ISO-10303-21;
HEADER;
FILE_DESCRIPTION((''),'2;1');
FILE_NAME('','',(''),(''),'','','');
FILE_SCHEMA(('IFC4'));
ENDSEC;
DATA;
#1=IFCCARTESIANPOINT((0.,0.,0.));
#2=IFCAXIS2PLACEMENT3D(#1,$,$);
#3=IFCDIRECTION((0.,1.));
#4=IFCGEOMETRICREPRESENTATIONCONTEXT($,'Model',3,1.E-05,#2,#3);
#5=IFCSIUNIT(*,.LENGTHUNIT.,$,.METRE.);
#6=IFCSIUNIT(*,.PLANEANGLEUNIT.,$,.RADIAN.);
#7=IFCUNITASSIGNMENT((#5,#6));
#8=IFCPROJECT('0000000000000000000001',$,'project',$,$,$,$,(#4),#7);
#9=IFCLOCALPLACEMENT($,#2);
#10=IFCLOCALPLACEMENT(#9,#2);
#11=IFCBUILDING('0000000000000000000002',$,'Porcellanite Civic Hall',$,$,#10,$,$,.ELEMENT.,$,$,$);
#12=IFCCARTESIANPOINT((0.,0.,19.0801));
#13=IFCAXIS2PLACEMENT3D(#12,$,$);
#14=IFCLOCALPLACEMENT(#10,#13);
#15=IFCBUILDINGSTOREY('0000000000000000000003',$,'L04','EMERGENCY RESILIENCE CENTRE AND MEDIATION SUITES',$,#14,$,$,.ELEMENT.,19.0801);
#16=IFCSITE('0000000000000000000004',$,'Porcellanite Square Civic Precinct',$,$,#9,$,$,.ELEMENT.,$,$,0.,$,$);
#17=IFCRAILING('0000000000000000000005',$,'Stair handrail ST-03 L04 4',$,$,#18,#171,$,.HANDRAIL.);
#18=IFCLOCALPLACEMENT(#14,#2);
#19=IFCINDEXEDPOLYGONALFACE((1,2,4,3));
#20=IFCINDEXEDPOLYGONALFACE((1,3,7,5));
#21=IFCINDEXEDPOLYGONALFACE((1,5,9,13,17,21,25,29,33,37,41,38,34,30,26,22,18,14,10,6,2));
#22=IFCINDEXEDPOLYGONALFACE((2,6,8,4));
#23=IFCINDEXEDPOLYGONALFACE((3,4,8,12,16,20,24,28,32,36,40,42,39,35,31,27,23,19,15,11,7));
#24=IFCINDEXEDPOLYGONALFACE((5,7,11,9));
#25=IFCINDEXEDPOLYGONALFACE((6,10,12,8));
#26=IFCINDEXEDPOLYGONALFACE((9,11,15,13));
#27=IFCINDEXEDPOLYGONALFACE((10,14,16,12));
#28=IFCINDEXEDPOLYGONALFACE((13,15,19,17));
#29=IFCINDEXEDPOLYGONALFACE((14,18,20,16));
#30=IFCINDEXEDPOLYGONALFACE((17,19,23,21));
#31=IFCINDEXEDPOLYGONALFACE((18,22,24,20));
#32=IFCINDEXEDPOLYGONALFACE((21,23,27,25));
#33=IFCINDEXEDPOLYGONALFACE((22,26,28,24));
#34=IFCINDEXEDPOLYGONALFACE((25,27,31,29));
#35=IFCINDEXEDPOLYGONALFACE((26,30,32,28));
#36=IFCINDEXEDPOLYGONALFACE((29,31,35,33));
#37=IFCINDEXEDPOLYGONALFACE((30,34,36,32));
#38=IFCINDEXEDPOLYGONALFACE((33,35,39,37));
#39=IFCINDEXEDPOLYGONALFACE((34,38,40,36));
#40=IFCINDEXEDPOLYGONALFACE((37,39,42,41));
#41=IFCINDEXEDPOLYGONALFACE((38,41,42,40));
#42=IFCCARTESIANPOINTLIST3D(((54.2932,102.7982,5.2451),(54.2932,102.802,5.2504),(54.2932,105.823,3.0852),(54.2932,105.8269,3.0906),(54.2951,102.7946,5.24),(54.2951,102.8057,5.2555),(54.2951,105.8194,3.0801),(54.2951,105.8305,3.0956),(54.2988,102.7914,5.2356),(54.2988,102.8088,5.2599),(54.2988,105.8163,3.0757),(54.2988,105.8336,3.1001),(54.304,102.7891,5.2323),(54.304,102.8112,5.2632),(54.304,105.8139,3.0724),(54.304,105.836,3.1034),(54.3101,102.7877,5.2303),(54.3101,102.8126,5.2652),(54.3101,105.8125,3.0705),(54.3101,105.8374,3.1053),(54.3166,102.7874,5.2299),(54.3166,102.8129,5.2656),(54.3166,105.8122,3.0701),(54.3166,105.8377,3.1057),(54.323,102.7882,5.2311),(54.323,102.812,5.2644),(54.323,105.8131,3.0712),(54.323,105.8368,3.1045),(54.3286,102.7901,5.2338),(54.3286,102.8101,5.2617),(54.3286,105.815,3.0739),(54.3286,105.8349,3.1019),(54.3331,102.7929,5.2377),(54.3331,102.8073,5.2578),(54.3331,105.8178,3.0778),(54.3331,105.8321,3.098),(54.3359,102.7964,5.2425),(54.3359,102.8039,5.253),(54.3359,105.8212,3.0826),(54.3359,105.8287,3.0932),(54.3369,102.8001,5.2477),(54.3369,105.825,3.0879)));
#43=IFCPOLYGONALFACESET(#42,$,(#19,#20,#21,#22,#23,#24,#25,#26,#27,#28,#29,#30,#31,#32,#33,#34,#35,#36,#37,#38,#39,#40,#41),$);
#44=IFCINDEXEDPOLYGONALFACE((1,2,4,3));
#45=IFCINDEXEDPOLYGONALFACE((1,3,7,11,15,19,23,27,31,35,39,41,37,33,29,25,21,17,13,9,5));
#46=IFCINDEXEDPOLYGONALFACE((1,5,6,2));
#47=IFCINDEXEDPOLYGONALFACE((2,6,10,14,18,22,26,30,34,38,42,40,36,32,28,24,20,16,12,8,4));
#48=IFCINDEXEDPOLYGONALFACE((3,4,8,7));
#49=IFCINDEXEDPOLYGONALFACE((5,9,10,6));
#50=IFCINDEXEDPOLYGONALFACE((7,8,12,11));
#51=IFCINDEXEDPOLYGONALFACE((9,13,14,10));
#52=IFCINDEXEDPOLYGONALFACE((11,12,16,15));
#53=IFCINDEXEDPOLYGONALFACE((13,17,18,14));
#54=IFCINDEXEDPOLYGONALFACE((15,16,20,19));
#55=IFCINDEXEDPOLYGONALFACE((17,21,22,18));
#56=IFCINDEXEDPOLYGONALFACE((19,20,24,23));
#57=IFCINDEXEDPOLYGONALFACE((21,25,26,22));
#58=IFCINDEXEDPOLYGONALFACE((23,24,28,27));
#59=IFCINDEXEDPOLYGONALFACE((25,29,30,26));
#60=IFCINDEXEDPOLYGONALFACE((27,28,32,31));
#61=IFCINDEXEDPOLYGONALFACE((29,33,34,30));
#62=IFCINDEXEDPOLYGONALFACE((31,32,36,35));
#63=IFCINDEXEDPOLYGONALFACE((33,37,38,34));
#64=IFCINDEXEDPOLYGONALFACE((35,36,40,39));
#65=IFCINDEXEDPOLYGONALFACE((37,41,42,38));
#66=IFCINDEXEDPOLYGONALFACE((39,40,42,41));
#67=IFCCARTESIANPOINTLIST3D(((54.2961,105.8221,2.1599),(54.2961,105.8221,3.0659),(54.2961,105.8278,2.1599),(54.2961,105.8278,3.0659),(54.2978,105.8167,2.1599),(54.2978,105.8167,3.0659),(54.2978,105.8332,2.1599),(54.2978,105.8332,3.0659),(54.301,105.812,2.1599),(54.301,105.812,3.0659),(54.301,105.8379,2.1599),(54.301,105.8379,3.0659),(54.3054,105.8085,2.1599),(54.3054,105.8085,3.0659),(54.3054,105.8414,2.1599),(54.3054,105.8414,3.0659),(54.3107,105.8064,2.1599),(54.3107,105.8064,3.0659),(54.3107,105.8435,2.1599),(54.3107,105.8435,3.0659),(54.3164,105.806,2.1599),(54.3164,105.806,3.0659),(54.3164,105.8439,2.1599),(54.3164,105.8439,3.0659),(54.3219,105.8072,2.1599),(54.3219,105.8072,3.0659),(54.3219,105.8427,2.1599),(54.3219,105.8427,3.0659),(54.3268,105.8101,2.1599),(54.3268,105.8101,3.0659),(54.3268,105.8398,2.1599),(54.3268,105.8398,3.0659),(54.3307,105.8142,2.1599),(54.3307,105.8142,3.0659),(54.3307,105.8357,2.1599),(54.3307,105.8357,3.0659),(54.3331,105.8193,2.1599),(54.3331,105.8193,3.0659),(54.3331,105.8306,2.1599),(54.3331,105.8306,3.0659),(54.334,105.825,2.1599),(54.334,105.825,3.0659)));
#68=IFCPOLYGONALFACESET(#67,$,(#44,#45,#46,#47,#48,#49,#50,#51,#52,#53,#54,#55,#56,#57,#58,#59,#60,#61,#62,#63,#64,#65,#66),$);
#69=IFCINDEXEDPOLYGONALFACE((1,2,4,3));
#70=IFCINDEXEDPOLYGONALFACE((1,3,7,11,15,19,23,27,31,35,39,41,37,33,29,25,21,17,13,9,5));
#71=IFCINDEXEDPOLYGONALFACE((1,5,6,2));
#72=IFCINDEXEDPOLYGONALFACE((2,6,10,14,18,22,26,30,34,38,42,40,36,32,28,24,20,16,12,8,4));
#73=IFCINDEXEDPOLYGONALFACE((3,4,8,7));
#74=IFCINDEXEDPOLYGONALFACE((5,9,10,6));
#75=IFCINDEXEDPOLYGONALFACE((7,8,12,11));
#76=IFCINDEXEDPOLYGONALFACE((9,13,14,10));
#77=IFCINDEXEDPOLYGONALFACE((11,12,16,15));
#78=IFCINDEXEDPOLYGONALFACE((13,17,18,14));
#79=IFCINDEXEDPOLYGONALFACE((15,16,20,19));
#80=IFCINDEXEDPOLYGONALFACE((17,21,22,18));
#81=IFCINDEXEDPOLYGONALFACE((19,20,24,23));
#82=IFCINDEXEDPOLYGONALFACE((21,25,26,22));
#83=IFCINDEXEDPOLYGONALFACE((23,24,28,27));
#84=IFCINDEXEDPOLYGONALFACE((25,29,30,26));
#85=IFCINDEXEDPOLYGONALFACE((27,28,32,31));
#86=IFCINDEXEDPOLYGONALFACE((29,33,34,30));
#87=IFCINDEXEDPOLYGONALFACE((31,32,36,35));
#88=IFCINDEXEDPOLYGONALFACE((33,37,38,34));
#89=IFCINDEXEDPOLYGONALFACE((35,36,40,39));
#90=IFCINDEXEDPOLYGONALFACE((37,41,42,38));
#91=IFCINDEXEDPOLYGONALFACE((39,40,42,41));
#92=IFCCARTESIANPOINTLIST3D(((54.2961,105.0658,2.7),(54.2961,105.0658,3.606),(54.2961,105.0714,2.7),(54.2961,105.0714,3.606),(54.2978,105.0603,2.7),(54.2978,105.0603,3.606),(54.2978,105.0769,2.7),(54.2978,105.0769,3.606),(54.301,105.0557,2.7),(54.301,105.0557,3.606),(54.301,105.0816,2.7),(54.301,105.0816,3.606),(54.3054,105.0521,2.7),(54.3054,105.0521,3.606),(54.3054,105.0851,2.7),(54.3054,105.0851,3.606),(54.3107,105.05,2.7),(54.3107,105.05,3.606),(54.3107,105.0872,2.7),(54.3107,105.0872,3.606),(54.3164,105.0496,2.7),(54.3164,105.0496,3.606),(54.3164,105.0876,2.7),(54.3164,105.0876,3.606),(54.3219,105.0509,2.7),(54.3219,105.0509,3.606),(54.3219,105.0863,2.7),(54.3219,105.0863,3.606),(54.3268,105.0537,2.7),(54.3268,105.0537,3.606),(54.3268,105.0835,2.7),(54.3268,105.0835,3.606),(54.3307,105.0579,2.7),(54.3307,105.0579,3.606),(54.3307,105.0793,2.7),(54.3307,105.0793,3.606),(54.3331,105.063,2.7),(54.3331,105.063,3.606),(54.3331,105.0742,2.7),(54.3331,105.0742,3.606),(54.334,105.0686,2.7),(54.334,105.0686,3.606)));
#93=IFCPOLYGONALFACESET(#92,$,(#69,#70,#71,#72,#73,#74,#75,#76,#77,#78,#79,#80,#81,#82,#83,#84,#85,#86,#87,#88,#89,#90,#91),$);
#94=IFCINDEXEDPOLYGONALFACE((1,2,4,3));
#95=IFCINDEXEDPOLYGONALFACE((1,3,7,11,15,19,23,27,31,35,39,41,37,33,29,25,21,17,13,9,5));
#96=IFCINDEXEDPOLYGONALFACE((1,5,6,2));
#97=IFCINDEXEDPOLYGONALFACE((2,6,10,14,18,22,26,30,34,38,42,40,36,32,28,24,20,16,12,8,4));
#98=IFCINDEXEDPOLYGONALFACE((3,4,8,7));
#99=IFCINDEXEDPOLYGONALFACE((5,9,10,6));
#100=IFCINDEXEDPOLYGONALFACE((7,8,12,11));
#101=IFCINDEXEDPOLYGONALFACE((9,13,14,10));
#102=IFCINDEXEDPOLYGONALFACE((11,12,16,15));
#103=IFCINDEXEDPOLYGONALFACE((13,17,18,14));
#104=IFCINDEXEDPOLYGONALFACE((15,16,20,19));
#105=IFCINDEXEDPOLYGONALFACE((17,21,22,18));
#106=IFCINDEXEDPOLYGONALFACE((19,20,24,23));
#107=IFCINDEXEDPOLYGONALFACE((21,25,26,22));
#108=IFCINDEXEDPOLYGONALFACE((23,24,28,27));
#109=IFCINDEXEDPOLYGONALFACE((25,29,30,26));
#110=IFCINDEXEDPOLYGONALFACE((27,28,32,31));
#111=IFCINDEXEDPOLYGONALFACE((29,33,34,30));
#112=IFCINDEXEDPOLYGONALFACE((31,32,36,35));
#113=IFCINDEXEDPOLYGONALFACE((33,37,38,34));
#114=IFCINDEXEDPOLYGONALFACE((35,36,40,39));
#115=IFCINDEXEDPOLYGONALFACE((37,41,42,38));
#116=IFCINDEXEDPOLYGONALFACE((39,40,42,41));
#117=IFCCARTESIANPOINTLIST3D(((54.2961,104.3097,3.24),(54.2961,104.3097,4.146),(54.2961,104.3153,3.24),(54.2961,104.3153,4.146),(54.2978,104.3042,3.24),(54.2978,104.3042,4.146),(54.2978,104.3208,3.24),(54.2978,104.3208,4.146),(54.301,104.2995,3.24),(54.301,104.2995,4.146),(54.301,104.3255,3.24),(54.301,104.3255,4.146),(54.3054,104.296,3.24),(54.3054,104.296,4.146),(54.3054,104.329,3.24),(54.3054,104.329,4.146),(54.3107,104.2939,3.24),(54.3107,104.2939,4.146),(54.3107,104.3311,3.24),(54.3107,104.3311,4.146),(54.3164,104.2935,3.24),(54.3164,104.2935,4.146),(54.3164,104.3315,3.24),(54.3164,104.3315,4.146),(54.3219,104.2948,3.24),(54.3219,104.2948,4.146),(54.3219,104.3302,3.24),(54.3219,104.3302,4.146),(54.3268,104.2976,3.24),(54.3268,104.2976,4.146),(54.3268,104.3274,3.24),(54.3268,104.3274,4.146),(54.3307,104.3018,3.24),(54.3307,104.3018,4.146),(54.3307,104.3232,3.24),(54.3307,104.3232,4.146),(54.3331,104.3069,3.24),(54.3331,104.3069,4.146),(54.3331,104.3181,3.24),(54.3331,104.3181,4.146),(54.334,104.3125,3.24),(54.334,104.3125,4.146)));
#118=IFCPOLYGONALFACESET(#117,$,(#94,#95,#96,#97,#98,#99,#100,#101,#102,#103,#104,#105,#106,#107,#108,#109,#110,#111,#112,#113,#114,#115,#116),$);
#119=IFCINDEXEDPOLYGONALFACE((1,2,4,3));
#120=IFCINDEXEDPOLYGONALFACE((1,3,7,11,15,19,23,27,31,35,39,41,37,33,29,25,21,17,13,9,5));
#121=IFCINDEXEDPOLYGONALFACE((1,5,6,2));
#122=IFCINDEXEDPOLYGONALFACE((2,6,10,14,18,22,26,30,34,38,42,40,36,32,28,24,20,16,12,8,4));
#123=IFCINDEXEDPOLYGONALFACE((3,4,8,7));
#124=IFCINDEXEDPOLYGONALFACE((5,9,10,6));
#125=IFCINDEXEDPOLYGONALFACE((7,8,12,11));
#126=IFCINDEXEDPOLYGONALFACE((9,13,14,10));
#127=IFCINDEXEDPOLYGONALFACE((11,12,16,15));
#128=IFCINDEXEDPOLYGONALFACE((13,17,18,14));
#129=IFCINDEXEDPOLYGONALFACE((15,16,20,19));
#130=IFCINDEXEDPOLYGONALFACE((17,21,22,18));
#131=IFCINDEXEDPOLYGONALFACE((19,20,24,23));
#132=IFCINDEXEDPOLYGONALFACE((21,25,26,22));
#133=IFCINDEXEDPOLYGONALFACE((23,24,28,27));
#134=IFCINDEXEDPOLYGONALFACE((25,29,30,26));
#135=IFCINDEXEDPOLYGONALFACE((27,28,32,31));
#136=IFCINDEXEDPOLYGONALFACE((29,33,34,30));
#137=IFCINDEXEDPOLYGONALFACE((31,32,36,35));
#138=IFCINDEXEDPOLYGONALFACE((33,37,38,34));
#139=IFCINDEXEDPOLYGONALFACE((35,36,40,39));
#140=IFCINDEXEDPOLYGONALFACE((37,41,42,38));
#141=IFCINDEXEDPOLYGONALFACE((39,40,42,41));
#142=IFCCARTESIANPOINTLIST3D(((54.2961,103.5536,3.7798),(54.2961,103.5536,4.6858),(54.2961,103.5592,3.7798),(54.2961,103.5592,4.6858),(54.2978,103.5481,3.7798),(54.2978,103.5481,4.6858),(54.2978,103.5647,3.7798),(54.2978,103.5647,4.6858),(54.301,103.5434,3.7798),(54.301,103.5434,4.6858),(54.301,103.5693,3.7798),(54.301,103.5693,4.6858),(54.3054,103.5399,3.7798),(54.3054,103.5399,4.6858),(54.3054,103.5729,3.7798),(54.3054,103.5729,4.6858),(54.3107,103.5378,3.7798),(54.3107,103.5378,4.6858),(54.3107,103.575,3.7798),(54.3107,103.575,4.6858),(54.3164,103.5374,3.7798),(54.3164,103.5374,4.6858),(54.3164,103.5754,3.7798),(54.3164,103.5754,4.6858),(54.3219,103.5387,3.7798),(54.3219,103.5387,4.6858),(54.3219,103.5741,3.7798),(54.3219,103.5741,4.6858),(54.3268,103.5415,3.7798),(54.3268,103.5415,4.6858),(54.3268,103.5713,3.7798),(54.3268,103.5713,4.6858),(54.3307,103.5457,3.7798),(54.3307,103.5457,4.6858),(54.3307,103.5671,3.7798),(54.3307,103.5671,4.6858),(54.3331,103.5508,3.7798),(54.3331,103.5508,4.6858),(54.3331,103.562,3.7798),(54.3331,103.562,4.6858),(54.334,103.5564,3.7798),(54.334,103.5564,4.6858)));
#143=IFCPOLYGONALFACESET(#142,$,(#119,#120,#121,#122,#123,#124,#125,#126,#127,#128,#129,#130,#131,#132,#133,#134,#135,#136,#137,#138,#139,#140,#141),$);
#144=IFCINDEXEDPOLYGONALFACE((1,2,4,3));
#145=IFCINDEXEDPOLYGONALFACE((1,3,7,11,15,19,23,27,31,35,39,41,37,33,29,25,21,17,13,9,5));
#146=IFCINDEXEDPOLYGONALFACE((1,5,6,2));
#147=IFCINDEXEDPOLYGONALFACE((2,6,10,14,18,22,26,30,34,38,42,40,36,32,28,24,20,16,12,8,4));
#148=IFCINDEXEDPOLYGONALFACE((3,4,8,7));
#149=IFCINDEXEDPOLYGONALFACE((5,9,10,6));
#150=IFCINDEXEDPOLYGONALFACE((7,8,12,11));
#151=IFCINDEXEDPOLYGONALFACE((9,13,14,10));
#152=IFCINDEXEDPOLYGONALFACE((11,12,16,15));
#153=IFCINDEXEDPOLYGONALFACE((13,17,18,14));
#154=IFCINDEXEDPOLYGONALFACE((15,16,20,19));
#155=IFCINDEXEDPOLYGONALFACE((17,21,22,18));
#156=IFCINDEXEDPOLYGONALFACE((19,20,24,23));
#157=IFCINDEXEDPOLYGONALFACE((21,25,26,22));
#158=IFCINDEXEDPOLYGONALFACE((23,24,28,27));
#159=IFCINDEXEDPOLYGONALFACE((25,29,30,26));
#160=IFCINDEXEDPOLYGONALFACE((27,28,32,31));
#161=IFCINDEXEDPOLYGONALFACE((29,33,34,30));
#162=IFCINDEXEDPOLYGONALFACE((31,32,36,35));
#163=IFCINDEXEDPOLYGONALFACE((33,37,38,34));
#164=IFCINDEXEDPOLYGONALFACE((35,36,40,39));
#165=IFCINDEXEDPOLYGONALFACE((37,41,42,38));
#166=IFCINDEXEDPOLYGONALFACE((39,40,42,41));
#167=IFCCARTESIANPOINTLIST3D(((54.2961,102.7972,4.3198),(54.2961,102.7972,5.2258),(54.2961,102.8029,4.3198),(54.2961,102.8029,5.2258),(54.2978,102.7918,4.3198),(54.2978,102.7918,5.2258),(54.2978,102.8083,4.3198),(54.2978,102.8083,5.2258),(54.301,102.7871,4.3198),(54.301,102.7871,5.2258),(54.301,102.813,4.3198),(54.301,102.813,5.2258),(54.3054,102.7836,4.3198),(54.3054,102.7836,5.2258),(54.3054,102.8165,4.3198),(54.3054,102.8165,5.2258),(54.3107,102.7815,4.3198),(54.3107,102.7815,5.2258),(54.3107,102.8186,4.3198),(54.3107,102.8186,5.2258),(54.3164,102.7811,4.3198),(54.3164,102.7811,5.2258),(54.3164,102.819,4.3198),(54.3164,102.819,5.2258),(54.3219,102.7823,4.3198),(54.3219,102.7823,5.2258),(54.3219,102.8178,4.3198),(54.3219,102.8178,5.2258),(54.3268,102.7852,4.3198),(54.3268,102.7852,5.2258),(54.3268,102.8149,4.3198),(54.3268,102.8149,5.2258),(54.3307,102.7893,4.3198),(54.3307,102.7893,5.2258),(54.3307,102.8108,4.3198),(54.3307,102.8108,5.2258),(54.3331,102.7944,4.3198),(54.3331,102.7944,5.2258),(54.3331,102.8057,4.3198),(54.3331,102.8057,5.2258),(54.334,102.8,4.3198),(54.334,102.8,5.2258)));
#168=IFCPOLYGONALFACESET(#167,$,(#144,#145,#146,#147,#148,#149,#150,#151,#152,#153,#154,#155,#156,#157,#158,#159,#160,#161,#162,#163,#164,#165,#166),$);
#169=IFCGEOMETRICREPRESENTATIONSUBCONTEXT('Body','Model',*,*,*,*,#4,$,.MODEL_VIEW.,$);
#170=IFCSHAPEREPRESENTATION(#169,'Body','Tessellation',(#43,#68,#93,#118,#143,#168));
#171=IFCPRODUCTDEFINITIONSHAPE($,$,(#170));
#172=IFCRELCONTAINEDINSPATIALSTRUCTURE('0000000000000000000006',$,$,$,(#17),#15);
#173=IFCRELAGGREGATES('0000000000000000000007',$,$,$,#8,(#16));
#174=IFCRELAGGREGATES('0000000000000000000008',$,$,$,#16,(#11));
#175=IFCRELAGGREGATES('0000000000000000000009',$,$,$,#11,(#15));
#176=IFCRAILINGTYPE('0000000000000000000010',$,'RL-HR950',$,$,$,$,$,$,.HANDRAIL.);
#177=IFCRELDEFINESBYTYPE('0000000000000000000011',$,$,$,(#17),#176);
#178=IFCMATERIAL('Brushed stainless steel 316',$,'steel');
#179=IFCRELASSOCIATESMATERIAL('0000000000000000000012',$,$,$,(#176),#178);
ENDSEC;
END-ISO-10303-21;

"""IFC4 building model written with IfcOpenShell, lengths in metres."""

from ifc_helpers import new_model, si_unit, direction, frame, origin, origin_2d, place, context, subcontext, project, spatial, circle, extrude, material, type_object, element, save


model = new_model("IFC4")

# Units and contexts
model_context = context("Model", 3, precision=1e-05, world=origin(), true_north=direction((0.0, 1.0)))
body_context = subcontext(model_context, "Body", "Model", "MODEL_VIEW")
ifc_project = project(units=[si_unit("LENGTHUNIT", "METRE"), si_unit("PLANEANGLEUNIT", "RADIAN")], contexts=[model_context])

# Site, building, storey
site_placement = place(None, origin())
site = spatial("IfcSite", under=ifc_project, at=site_placement, Name="Porcellanite Square Civic Precinct", CompositionType="ELEMENT", RefElevation=0.0)
building_placement = place(site_placement, origin())
building = spatial("IfcBuilding", under=site, at=building_placement, Name="Porcellanite Civic Hall", CompositionType="ELEMENT")
storey_placement = place(building_placement, frame((0.0, 0.0, 19.0801)))
storey = spatial("IfcBuildingStorey", under=building, at=storey_placement, Name="L04", Description="EMERGENCY RESILIENCE CENTRE AND MEDIATION SUITES", CompositionType="ELEMENT", Elevation=19.0801)

# Railing
ifc_material_1 = material(Name="Brushed stainless steel 316", Category="steel")
railing_type_1 = type_object("IfcRailingType", Name="RL-HR950", PredefinedType="HANDRAIL", material=ifc_material_1)
railing_1_placement = place(storey_placement, frame((54.3149, 105.825, 2.1599)))
element("IfcRailing", 1, at=railing_1_placement, inside=storey, type_object=railing_type_1, Name="Stair handrail ST-03 L04 4", PredefinedType="HANDRAIL", context=body_context, shape_type="SweptSolid", body=[
    extrude(circle(Radius=0.022, at=origin_2d()), frame((0.0, 0.0, 0.928), z_axis=(0.0, -0.813827, 0.581108), x_axis=(1.0, 0.0, 0.0)), (0.0, 0.0, 1.0), 3.7168),
    extrude(circle(Radius=0.019, at=origin_2d()), origin(), (0.0, 0.0, 1.0), 0.906),
    extrude(circle(Radius=0.019, at=origin_2d()), frame((0.0, -0.7563, 0.54)), (0.0, 0.0, 1.0), 0.906),
    extrude(circle(Radius=0.019, at=origin_2d()), frame((0.0, -1.5125, 1.0801)), (0.0, 0.0, 1.0), 0.906),
    extrude(circle(Radius=0.019, at=origin_2d()), frame((0.0, -2.2686, 1.6199)), (0.0, 0.0, 1.0), 0.906),
    extrude(circle(Radius=0.019, at=origin_2d()), frame((0.0, -3.0249, 2.1599)), (0.0, 0.0, 1.0), 0.906),
])

save(model, "model.ifc")
